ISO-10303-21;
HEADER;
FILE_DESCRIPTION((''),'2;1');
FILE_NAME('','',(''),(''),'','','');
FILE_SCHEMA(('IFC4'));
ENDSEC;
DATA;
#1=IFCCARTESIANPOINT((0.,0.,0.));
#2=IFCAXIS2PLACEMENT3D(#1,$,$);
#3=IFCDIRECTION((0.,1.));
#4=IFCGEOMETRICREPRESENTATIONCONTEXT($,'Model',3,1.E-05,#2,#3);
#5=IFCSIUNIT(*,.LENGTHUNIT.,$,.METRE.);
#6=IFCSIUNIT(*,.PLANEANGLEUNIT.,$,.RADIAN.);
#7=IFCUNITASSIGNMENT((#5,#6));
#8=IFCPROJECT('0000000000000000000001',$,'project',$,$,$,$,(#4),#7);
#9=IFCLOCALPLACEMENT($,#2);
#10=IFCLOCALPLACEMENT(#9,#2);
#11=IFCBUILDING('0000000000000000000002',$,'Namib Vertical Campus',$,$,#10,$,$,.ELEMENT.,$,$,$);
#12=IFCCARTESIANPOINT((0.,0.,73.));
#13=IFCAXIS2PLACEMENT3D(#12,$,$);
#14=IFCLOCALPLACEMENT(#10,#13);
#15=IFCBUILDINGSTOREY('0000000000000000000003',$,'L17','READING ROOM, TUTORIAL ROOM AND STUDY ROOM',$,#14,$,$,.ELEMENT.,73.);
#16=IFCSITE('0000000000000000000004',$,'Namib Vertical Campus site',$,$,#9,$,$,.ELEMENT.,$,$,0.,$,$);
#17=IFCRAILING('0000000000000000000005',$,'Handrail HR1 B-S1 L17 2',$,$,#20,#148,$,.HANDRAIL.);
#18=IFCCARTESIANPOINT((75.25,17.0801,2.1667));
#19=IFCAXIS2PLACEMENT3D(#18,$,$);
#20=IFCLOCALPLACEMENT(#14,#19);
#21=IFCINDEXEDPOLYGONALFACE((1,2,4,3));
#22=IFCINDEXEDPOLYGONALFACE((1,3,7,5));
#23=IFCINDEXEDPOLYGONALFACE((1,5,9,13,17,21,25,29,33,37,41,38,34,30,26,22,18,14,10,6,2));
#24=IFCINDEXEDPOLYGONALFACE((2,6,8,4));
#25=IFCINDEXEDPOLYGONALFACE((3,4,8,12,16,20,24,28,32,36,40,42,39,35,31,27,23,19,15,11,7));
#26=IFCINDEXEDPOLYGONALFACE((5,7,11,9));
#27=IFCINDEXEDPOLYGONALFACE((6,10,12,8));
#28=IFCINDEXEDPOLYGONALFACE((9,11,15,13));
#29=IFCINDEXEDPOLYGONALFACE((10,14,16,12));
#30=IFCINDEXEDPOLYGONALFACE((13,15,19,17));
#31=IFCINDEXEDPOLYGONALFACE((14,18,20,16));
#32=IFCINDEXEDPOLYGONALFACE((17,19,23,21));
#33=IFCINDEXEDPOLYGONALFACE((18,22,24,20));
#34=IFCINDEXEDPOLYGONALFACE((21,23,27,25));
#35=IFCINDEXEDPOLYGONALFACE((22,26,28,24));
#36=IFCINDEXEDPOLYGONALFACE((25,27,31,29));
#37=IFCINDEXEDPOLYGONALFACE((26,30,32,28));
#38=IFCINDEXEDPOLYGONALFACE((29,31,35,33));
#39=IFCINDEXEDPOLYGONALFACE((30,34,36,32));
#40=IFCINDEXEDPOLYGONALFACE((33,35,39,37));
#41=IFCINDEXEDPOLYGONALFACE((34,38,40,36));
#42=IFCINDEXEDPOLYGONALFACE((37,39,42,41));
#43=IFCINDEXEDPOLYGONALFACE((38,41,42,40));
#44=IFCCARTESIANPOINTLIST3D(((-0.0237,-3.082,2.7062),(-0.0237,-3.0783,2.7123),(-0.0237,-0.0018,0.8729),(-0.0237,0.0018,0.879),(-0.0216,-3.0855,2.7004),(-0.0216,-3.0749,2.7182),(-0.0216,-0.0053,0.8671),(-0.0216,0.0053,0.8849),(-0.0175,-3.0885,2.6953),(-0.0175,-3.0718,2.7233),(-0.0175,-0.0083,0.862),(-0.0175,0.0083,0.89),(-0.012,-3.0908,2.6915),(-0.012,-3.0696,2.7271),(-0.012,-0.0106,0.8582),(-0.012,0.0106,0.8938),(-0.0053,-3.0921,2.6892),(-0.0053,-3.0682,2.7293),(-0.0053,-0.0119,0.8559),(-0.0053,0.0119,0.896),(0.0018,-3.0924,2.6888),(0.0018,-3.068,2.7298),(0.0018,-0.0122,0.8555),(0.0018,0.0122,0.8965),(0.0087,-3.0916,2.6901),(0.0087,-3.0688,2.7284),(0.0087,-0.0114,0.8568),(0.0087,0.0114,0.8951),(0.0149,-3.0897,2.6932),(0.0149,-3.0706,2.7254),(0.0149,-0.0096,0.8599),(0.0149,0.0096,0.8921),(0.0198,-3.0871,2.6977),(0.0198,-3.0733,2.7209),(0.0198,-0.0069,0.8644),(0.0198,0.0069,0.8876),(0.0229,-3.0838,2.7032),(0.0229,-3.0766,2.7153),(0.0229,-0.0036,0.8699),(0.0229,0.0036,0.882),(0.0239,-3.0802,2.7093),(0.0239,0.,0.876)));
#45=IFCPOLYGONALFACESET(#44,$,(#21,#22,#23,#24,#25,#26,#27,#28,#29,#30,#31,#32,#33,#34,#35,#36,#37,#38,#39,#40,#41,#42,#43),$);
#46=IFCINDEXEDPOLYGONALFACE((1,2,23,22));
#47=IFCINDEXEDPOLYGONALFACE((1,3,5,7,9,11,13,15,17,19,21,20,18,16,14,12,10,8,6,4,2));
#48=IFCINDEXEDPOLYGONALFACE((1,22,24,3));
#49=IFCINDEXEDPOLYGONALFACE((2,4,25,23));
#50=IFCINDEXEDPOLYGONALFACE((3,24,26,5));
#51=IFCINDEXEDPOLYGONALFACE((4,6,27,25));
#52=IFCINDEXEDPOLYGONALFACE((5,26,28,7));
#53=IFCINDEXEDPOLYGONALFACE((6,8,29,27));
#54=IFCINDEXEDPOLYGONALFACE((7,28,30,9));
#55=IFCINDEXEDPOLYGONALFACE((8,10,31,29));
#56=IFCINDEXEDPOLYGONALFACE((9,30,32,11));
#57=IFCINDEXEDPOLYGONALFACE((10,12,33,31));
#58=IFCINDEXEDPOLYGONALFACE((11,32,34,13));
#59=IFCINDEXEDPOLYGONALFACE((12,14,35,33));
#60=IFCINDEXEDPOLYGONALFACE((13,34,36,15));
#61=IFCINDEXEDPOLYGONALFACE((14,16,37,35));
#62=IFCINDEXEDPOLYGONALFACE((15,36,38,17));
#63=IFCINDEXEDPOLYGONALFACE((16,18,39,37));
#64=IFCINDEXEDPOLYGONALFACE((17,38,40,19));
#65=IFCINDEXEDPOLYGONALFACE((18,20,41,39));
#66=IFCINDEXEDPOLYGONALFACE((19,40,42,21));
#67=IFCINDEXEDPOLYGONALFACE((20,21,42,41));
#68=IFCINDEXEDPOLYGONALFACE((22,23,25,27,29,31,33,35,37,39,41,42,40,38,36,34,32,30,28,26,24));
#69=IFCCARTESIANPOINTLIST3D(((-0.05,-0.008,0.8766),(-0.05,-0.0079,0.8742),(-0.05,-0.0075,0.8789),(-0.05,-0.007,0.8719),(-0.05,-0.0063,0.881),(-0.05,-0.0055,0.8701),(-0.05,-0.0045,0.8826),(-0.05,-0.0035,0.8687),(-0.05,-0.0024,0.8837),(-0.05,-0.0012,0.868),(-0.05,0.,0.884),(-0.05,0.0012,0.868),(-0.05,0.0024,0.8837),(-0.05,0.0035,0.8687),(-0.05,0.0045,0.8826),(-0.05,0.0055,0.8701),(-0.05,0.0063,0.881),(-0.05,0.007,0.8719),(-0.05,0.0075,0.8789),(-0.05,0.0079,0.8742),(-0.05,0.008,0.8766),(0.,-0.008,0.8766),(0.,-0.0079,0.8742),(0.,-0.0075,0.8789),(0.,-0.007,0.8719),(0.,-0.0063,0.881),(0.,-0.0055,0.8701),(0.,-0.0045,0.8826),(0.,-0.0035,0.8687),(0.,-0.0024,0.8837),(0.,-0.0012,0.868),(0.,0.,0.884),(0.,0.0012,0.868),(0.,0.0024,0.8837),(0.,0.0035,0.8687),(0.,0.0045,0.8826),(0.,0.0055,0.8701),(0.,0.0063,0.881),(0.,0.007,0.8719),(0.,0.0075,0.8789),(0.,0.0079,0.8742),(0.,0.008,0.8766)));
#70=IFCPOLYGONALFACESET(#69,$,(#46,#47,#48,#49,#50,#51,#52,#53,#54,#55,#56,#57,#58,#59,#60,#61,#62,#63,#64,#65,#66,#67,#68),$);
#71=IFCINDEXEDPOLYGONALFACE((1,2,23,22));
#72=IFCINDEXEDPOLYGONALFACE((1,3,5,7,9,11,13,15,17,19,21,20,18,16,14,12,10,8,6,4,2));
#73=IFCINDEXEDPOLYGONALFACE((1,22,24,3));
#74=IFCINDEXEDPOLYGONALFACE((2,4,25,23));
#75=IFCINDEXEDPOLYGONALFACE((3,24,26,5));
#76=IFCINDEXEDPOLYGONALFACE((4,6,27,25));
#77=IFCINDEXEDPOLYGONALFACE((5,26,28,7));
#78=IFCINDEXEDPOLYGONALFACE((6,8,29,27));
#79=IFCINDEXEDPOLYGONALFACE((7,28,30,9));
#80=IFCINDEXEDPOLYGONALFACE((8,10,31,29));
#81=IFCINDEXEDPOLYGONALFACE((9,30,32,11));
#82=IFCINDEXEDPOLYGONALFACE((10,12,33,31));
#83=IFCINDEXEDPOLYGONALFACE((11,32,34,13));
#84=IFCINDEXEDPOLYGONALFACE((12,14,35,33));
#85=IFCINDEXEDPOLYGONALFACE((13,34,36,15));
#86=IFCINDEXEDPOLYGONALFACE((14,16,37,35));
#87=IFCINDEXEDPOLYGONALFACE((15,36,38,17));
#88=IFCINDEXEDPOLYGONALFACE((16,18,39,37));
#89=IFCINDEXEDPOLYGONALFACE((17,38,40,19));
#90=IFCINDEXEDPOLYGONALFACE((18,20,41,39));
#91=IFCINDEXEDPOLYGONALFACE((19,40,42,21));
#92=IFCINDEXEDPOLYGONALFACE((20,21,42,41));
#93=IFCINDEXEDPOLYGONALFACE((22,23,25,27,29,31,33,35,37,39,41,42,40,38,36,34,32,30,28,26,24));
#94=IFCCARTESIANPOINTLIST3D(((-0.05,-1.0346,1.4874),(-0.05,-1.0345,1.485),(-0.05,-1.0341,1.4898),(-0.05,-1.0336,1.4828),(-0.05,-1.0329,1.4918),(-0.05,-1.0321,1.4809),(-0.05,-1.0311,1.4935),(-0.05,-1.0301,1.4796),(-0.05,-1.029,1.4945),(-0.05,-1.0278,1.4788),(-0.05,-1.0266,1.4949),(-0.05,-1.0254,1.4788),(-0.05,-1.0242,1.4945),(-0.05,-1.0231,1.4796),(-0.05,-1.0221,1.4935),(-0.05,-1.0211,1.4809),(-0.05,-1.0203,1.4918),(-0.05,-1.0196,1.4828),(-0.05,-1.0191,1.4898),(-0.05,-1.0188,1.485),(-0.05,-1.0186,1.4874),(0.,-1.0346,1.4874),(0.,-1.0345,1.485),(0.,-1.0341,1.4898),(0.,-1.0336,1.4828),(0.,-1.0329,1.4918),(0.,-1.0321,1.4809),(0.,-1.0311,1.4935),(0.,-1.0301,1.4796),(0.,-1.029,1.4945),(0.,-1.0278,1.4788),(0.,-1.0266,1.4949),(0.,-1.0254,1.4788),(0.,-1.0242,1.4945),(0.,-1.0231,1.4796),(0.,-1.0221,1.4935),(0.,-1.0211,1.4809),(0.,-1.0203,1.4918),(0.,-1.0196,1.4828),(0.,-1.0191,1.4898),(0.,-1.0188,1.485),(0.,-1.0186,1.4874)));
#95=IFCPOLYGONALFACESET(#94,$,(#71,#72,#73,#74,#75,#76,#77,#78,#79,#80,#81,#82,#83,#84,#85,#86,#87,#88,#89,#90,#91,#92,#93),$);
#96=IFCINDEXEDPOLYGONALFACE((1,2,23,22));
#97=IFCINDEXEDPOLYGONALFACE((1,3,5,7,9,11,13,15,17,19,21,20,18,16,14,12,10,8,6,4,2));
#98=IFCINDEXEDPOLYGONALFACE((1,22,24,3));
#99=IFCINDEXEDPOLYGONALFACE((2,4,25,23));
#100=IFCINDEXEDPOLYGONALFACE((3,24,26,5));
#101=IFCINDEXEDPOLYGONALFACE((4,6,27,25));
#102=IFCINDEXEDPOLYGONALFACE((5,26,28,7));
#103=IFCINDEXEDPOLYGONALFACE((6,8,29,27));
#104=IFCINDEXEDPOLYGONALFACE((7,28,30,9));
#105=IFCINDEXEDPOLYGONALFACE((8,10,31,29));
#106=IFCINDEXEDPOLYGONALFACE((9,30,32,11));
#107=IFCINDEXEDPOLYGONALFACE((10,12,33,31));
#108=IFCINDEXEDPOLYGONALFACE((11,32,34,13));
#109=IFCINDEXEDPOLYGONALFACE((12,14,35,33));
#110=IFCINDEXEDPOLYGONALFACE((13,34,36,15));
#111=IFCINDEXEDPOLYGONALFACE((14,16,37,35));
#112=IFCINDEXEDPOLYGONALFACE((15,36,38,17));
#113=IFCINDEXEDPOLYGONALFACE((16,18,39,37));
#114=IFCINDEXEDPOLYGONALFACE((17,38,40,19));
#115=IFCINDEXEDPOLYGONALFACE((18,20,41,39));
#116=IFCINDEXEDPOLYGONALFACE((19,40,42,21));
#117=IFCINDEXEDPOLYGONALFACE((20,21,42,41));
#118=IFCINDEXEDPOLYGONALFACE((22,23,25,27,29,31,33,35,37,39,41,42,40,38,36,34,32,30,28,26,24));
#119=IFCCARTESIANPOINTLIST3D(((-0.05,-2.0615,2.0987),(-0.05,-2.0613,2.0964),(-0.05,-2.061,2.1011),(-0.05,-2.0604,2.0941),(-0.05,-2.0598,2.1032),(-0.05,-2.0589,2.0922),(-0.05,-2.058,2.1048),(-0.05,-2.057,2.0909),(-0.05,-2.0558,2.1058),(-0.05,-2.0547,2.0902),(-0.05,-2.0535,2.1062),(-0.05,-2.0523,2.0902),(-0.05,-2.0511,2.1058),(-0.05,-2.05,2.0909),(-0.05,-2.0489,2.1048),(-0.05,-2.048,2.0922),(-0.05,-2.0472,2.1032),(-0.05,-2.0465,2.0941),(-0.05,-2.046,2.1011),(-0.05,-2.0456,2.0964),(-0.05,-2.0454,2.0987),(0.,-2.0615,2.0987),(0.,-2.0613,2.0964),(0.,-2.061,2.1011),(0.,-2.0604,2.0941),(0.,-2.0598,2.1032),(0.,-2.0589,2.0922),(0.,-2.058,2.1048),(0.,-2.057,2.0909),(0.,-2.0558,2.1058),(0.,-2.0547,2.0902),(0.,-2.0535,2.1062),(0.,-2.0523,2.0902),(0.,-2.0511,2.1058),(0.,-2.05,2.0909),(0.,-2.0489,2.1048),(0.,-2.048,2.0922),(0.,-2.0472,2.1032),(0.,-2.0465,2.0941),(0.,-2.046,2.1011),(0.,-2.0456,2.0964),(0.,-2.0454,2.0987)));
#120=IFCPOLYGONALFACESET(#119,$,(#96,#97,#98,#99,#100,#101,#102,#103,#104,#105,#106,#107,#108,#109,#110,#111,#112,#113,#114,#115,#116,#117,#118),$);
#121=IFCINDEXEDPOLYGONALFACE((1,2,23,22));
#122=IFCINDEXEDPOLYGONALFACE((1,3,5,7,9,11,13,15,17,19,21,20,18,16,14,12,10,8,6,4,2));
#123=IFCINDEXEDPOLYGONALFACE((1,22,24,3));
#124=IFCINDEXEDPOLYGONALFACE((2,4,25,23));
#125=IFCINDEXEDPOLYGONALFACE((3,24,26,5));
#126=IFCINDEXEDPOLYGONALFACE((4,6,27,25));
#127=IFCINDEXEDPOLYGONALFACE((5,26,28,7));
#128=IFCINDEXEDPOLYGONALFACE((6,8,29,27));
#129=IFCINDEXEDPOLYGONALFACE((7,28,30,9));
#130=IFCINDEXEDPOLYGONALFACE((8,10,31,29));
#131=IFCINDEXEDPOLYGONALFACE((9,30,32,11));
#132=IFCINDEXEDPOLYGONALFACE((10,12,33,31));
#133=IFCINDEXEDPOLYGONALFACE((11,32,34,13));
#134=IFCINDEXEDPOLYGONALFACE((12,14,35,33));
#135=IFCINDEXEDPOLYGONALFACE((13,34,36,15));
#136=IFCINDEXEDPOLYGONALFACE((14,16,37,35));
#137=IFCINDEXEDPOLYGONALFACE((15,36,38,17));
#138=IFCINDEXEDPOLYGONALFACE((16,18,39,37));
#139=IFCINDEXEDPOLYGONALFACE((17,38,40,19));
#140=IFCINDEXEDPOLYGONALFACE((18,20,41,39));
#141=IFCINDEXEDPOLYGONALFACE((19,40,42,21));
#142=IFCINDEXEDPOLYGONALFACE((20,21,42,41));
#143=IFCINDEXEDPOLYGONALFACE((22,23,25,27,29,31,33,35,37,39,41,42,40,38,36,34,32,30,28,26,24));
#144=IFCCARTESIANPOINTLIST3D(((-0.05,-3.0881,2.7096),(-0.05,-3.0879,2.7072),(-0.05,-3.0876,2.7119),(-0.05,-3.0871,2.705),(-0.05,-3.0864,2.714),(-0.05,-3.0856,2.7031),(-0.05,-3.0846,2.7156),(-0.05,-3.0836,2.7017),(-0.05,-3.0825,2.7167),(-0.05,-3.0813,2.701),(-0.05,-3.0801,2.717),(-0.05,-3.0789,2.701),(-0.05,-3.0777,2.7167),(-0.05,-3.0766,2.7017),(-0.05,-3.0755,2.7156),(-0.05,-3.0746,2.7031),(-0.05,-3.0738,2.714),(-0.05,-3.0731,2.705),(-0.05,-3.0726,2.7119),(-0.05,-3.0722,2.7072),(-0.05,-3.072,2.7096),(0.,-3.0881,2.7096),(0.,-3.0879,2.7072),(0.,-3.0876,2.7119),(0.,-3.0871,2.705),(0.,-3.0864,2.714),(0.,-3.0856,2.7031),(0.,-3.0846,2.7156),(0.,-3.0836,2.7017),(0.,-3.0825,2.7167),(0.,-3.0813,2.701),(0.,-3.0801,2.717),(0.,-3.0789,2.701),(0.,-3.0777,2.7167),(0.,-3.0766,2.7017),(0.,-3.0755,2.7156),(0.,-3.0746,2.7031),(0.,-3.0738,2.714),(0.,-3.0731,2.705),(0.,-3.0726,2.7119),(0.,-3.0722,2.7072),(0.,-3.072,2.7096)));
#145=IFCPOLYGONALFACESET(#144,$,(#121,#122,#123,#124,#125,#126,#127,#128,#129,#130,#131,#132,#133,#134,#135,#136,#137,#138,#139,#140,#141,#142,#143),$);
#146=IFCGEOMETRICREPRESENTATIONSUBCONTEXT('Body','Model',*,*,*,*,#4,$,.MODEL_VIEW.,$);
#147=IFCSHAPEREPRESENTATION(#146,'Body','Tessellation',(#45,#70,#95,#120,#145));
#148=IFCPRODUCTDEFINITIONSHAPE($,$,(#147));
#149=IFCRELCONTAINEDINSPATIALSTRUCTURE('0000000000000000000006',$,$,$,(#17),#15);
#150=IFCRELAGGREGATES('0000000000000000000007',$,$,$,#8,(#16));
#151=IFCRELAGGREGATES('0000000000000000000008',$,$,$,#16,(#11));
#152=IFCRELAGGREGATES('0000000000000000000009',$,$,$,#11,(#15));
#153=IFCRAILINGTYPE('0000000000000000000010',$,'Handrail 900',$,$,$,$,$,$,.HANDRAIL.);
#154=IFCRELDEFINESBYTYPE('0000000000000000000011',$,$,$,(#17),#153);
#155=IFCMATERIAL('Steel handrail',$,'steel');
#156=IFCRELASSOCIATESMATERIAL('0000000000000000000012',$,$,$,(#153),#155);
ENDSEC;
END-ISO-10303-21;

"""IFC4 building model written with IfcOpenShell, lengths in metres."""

from ifc_helpers import new_model, si_unit, direction, frame, origin, origin_2d, place, context, subcontext, project, spatial, circle, extrude, material, type_object, element, save


model = new_model("IFC4")

# Units and contexts
model_context = context("Model", 3, precision=1e-05, world=origin(), true_north=direction((0.0, 1.0)))
body_context = subcontext(model_context, "Body", "Model", "MODEL_VIEW")
ifc_project = project(units=[si_unit("LENGTHUNIT", "METRE"), si_unit("PLANEANGLEUNIT", "RADIAN")], contexts=[model_context])

# Site, building, storey
site_placement = place(None, origin())
site = spatial("IfcSite", under=ifc_project, at=site_placement, Name="Namib Vertical Campus site", CompositionType="ELEMENT", RefElevation=0.0)
building_placement = place(site_placement, origin())
building = spatial("IfcBuilding", under=site, at=building_placement, Name="Namib Vertical Campus", CompositionType="ELEMENT")
storey_placement = place(building_placement, frame((0.0, 0.0, 73.0)))
storey = spatial("IfcBuildingStorey", under=building, at=storey_placement, Name="L17", Description="READING ROOM, TUTORIAL ROOM AND STUDY ROOM", CompositionType="ELEMENT", Elevation=73.0)

# Railing
ifc_material_1 = material(Name="Steel handrail", Category="steel")
railing_type_1 = type_object("IfcRailingType", Name="Handrail 900", PredefinedType="HANDRAIL", material=ifc_material_1)
railing_1_placement = place(storey_placement, frame((75.25, 17.0801, 2.1667)))
element("IfcRailing", 1, at=railing_1_placement, inside=storey, type_object=railing_type_1, Name="Handrail HR1 B-S1 L17 2", PredefinedType="HANDRAIL", context=body_context, shape_type="SweptSolid", body=[
    extrude(circle(Radius=0.0239, at=origin_2d()), frame((0.0, 0.0, 0.876), z_axis=(0.0, -0.859309, 0.511458), x_axis=(1.0, 0.0, 0.0)), (0.0, 0.0, 1.0), 3.5845),
    extrude(circle(Radius=0.0081, at=origin_2d()), frame((0.0, 0.0, 0.876), z_axis=(-1.0, 0.0, 0.0), x_axis=(0.0, 0.0, 1.0)), (0.0, 0.0, 1.0), 0.05),
    extrude(circle(Radius=0.0081, at=origin_2d()), frame((0.0, -1.0266, 1.4868), z_axis=(-1.0, 0.0, 0.0), x_axis=(0.0, 0.0, 1.0)), (0.0, 0.0, 1.0), 0.05),
    extrude(circle(Radius=0.0081, at=origin_2d()), frame((0.0, -2.0535, 2.0981), z_axis=(-1.0, 0.0, 0.0), x_axis=(0.0, 0.0, 1.0)), (0.0, 0.0, 1.0), 0.05),
    extrude(circle(Radius=0.0081, at=origin_2d()), frame((0.0, -3.0801, 2.709), z_axis=(-1.0, 0.0, 0.0), x_axis=(0.0, 0.0, 1.0)), (0.0, 0.0, 1.0), 0.05),
])

save(model, "model.ifc")
